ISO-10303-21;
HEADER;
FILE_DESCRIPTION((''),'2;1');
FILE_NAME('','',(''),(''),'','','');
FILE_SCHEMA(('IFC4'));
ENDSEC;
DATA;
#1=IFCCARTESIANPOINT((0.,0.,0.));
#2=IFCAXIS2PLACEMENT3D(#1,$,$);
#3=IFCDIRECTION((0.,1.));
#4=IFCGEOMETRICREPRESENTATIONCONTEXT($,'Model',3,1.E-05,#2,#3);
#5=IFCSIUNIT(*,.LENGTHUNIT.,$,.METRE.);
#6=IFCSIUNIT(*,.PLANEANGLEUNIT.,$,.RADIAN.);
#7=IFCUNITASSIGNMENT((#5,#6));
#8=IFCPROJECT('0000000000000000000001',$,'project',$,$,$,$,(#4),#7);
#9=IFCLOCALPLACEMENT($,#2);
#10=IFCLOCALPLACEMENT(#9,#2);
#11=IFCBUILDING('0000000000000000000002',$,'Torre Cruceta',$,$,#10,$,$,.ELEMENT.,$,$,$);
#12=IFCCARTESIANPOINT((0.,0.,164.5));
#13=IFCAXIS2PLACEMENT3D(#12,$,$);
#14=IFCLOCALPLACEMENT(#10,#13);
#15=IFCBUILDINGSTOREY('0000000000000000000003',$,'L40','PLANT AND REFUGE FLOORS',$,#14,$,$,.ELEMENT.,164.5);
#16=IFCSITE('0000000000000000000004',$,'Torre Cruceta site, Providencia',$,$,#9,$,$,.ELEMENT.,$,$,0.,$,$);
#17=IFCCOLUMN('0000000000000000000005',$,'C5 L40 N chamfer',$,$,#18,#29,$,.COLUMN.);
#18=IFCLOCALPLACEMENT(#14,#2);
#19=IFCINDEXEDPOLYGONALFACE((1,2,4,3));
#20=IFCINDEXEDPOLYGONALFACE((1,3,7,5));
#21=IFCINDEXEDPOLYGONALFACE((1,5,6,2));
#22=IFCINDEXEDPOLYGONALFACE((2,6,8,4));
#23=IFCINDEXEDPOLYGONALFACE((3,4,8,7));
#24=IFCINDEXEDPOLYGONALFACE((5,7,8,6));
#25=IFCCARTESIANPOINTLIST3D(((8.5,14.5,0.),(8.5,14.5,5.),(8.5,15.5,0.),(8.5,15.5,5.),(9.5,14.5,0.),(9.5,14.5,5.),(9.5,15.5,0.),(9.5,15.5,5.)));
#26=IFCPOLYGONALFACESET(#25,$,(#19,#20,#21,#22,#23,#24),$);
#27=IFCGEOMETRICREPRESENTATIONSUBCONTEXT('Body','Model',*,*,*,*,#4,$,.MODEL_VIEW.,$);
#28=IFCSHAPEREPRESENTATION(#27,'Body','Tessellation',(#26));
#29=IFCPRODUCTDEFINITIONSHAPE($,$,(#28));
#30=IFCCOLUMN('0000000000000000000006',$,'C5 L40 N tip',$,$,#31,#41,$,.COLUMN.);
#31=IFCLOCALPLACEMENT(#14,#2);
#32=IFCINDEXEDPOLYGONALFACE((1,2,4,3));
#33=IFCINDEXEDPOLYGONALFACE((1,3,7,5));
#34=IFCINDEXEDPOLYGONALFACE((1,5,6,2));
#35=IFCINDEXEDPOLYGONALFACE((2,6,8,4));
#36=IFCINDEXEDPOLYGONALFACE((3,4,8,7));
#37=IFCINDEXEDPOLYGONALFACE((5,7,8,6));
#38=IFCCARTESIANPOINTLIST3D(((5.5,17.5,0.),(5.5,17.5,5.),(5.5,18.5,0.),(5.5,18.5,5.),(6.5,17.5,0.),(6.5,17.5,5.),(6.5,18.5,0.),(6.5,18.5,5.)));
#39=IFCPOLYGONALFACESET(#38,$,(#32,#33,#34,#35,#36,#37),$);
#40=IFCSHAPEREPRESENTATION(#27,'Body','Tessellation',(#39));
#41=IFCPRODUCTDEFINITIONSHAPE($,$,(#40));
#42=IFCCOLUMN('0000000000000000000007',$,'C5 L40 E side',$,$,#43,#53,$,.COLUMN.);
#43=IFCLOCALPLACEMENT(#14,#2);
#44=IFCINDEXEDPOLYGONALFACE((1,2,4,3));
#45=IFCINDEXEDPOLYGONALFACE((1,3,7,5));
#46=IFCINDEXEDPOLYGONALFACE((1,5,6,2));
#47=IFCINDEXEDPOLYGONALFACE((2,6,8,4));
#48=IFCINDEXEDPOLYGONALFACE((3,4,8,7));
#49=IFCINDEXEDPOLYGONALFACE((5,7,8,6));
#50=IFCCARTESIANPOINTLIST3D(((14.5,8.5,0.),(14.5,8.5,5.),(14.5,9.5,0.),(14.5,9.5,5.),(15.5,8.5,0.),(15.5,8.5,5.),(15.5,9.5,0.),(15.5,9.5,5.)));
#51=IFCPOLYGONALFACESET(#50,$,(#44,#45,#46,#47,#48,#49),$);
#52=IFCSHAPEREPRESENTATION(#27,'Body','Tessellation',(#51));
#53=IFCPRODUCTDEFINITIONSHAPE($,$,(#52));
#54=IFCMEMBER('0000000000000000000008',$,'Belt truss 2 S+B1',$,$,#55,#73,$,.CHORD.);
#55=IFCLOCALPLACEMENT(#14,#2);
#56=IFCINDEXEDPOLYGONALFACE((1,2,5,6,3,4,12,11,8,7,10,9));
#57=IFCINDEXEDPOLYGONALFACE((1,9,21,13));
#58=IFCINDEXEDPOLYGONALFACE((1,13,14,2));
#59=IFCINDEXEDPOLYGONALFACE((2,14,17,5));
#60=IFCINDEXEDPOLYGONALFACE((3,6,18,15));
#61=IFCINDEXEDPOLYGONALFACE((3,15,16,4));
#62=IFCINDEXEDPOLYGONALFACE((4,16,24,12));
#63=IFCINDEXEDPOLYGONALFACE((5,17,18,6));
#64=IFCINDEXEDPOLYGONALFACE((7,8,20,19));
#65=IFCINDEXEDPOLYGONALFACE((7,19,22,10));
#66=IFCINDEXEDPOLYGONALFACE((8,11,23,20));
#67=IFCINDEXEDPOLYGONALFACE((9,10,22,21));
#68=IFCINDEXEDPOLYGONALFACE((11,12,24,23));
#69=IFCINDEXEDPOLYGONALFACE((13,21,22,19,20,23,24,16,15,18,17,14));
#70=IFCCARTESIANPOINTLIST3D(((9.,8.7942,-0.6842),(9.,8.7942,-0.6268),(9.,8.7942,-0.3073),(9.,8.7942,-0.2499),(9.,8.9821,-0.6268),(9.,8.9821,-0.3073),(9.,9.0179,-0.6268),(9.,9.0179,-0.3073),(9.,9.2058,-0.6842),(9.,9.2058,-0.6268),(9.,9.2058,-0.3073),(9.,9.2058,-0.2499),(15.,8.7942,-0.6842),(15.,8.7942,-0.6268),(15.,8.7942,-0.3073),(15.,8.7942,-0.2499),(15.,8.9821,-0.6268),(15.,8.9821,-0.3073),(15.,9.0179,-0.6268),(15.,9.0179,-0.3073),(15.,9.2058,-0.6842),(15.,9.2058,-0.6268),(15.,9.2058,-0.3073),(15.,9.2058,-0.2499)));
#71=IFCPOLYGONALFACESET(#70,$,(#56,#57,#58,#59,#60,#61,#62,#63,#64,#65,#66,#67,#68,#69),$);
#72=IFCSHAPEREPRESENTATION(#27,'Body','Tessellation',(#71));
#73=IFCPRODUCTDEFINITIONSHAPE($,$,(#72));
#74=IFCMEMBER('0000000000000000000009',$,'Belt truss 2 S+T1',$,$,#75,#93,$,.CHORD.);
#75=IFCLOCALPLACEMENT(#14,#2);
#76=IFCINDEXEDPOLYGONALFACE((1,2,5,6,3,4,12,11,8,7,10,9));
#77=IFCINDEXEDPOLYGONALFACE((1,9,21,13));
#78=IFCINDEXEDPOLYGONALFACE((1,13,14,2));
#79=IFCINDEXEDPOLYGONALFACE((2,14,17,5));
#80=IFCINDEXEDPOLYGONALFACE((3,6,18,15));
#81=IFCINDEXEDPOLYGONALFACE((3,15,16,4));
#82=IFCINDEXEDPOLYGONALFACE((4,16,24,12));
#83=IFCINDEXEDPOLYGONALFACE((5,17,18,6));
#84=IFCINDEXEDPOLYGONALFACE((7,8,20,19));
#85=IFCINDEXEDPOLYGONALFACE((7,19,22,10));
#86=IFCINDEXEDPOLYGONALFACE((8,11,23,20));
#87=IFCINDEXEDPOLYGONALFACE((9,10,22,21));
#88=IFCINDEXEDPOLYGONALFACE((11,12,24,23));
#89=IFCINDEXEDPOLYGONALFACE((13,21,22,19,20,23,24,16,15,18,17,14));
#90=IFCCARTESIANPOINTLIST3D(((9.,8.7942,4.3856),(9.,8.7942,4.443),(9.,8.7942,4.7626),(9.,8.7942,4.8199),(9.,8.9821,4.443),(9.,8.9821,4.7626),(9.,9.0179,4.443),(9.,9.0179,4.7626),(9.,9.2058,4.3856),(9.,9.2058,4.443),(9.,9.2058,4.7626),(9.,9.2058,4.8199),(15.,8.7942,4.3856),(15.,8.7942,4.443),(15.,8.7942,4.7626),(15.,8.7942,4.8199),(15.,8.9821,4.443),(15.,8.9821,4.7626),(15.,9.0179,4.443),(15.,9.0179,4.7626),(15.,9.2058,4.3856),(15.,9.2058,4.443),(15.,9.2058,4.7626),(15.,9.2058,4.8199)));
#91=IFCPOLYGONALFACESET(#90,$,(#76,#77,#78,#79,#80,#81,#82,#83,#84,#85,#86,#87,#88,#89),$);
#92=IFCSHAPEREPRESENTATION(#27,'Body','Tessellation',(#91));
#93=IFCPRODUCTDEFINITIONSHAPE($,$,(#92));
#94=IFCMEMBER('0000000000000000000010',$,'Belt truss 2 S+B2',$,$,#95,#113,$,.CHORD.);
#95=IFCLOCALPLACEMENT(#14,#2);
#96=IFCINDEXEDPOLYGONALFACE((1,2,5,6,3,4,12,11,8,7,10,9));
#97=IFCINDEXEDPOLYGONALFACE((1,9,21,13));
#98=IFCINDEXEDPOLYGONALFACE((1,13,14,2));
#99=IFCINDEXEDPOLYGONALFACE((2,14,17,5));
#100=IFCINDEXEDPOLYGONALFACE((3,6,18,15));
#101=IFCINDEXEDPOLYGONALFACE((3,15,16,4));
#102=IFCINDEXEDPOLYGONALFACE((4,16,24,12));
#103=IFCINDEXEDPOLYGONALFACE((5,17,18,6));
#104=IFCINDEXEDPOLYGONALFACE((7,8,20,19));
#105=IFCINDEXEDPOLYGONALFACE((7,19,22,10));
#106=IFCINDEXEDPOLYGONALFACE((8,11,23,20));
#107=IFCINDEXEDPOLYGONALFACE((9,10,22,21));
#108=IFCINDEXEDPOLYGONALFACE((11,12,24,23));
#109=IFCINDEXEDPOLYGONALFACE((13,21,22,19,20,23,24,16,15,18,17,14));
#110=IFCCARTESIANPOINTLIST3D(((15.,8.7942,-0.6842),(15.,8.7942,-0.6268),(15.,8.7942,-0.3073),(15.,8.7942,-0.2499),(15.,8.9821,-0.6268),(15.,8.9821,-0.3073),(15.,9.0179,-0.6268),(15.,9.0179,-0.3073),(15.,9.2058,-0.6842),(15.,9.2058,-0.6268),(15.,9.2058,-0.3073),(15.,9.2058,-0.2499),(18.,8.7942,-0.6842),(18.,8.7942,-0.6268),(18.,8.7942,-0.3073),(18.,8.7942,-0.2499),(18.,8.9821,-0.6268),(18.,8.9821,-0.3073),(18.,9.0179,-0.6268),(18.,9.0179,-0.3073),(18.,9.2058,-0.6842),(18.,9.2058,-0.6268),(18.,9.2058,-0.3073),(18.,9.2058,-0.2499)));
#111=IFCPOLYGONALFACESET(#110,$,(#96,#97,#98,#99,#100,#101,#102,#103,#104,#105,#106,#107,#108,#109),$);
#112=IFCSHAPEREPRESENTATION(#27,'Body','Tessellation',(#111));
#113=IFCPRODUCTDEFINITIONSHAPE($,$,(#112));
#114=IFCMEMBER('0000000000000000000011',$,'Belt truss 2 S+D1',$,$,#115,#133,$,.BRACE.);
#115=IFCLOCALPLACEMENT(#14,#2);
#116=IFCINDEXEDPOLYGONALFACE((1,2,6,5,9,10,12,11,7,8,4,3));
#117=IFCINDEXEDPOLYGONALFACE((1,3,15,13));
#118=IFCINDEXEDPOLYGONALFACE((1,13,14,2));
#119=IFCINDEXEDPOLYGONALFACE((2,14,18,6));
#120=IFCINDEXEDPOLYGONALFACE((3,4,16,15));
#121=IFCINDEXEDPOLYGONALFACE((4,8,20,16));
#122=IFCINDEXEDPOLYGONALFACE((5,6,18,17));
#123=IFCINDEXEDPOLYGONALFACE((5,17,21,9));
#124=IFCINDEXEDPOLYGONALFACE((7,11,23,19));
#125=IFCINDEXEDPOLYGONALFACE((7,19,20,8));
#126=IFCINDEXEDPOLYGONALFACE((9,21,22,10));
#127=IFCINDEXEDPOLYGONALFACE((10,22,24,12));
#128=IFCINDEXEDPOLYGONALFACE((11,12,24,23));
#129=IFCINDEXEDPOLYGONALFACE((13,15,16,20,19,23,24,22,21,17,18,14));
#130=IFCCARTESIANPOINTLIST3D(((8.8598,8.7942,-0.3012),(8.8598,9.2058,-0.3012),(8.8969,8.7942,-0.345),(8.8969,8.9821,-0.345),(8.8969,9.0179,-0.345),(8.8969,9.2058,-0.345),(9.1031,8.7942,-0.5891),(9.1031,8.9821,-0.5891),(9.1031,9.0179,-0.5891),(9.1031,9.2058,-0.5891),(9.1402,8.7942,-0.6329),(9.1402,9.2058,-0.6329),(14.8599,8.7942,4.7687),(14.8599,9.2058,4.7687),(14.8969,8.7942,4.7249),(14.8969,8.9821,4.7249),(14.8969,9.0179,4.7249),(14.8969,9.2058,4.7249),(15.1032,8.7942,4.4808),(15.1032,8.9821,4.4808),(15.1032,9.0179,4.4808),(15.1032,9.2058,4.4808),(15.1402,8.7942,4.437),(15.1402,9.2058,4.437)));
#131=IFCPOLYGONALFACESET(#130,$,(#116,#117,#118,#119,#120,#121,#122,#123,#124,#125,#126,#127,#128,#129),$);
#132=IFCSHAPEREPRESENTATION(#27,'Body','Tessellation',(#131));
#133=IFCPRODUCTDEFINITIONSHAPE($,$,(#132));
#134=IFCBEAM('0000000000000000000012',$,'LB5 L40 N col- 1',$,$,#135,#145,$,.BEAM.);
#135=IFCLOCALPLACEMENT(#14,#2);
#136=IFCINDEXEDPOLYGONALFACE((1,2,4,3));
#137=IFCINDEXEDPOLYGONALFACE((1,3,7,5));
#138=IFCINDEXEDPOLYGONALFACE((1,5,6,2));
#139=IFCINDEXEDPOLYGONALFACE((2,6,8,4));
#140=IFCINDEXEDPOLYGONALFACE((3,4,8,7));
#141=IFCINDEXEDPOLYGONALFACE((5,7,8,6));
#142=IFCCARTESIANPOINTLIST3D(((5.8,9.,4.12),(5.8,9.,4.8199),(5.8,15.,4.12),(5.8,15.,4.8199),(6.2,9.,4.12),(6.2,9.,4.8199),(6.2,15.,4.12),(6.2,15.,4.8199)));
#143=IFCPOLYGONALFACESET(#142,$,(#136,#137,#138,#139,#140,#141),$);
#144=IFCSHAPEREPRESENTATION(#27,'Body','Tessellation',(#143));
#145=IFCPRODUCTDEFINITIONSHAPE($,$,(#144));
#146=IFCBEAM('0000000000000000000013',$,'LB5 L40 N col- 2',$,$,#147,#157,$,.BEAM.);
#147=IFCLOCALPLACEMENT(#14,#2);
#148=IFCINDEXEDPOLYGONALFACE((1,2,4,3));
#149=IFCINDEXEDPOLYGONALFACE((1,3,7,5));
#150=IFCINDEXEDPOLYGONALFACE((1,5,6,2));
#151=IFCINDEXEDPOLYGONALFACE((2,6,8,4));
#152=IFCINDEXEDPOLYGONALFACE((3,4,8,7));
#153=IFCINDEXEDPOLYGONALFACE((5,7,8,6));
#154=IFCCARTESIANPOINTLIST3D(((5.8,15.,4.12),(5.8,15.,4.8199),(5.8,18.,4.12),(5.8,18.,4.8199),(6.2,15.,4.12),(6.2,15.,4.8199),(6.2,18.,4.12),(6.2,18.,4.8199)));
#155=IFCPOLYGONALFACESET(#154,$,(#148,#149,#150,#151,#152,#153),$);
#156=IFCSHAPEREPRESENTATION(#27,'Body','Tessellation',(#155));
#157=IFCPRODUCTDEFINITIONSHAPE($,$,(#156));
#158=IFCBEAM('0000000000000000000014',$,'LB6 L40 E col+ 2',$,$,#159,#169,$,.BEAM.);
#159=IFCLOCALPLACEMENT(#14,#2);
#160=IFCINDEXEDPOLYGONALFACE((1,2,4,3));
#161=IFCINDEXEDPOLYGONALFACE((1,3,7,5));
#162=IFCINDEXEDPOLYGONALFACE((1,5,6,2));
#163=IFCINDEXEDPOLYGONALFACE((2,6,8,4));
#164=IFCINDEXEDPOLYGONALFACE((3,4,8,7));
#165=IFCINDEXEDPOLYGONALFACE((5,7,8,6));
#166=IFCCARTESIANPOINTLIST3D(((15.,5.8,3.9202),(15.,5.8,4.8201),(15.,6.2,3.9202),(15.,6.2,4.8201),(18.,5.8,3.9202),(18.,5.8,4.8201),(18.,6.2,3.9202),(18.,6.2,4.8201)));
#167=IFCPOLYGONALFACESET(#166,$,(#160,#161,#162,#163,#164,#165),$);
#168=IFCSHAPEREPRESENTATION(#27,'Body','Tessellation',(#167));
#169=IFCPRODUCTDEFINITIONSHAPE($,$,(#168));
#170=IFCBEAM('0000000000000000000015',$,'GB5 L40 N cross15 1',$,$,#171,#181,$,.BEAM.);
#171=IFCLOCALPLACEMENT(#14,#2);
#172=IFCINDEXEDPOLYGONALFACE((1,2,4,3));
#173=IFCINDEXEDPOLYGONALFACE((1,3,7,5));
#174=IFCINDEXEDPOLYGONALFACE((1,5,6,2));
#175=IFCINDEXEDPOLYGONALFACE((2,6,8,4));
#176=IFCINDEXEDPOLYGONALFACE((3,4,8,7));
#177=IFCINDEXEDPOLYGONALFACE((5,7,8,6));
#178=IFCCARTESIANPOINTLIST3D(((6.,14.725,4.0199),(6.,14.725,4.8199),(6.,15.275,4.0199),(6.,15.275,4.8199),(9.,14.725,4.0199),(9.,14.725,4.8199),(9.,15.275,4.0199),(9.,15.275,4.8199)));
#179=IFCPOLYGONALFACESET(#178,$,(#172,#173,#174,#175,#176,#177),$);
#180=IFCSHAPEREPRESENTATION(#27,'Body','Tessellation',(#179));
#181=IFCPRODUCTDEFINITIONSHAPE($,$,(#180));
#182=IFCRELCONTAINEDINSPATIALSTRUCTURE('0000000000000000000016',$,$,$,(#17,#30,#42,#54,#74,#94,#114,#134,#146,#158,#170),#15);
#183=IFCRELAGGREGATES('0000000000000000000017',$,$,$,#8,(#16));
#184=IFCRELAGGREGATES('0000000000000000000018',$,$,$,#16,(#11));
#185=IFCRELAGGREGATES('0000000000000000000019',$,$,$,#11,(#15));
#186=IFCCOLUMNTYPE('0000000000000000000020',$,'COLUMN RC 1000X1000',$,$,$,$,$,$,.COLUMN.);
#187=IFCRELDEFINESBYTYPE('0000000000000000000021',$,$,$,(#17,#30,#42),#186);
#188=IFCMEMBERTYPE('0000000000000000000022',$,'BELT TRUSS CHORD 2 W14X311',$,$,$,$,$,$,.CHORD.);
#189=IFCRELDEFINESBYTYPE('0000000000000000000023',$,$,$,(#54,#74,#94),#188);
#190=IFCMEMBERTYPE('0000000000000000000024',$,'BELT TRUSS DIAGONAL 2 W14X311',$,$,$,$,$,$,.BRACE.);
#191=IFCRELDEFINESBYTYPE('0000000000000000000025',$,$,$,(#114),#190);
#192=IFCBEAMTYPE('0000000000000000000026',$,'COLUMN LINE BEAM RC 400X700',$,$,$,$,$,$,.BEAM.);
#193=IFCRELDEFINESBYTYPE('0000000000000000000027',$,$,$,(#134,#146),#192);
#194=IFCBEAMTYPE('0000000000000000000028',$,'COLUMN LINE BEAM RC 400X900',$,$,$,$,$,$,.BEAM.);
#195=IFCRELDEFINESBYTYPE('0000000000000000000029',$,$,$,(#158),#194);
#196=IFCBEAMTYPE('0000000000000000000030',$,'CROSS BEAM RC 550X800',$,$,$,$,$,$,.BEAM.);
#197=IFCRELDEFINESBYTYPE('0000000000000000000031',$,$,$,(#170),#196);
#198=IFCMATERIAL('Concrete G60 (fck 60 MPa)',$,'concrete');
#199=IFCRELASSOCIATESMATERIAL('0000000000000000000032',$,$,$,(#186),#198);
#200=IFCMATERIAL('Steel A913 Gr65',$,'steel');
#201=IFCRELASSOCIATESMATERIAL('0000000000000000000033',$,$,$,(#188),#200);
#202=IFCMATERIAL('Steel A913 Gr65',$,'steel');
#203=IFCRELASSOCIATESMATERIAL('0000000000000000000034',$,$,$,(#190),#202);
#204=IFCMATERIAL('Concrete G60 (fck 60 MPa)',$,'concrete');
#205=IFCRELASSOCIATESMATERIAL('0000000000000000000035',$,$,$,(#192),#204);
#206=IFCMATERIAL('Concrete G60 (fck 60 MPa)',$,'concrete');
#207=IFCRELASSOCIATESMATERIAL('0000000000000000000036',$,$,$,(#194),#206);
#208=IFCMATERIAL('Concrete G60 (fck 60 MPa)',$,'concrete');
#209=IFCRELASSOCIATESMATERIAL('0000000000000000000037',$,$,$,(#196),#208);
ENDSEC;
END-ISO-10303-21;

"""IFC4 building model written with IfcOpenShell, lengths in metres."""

from ifc_helpers import new_model, si_unit, direction, frame, origin, origin_2d, place, context, subcontext, project, spatial, rectangle, i_section, extrude, material, material_profile, profile_set, type_object, element, save


model = new_model("IFC4")

# Units and contexts
model_context = context("Model", 3, precision=1e-05, world=origin(), true_north=direction((0.0, 1.0)))
body_context = subcontext(model_context, "Body", "Model", "MODEL_VIEW")
ifc_project = project(units=[si_unit("LENGTHUNIT", "METRE"), si_unit("PLANEANGLEUNIT", "RADIAN")], contexts=[model_context])

# Site, building, storey
site_placement = place(None, origin())
site = spatial("IfcSite", under=ifc_project, at=site_placement, Name="Torre Cruceta site, Providencia", CompositionType="ELEMENT", RefElevation=0.0)
building_placement = place(site_placement, origin())
building = spatial("IfcBuilding", under=site, at=building_placement, Name="Torre Cruceta", CompositionType="ELEMENT")
storey_placement = place(building_placement, frame((0.0, 0.0, 164.5)))
storey = spatial("IfcBuildingStorey", under=building, at=storey_placement, Name="L40", Description="PLANT AND REFUGE FLOORS", CompositionType="ELEMENT", Elevation=164.5)

# Columns
ifc_material_1 = material(Name="Concrete G60 (fck 60 MPa)", Category="concrete")
ifc_material_profile_1 = material_profile(ifc_material_1, rectangle(XDim=1.0, YDim=1.0, at=origin_2d()), Name="RC 1000X1000")
ifc_profile_set_1 = profile_set([ifc_material_profile_1], Name="Concrete G60 (fck 60 MPa)")
column_type = type_object("IfcColumnType", Name="COLUMN RC 1000X1000", PredefinedType="COLUMN", material=ifc_profile_set_1)
for number, where, z_axis, x_axis, name in (
    (1, (9.0, 15.0, 0.0), (0.0, 0.0, 1.0), (1.0, 0.0, 0.0), "C5 L40 N chamfer"),
    (2, (6.0, 18.0, 0.0), (0.0, 0.0, 1.0), (1.0, 0.0, 0.0), "C5 L40 N tip"),
    (3, (15.0, 9.0, 0.0), (0.0, 0.0, 1.0), (1.0, 0.0, 0.0), "C5 L40 E side"),
):
    element("IfcColumn", number, at=place(storey_placement, frame(where, z_axis=z_axis, x_axis=x_axis)), inside=storey, type_object=column_type, Name=name, PredefinedType="COLUMN", context=body_context, shape_type="SweptSolid", body=[
        extrude(rectangle(XDim=1.0, YDim=1.0, at=origin_2d()), origin(), (0.0, 0.0, 1.0), 5.0),
    ])

# Members
ifc_material_2 = material(Name="Steel A913 Gr65", Category="steel")
ifc_material_profile_2 = material_profile(ifc_material_2, i_section(OverallWidth=0.4116, OverallDepth=0.4343, WebThickness=0.0359, FlangeThickness=0.0574, at=origin_2d()), Name="W14X311")
ifc_profile_set_2 = profile_set([ifc_material_profile_2], Name="Steel A913 Gr65")
member_type_1 = type_object("IfcMemberType", Name="BELT TRUSS CHORD 2 W14X311", PredefinedType="CHORD", material=ifc_profile_set_2)
for number, where, z_axis, x_axis, name in (
    (4, (9.0, 9.0, -0.467), (1.0, 0.0, 0.0), (0.0, 1.0, 0.0), "Belt truss 2 S+B1"),
    (5, (9.0, 9.0, 4.6028), (1.0, 0.0, 0.0), (0.0, 1.0, 0.0), "Belt truss 2 S+T1"),
):
    element("IfcMember", number, at=place(storey_placement, frame(where, z_axis=z_axis, x_axis=x_axis)), inside=storey, type_object=member_type_1, Name=name, PredefinedType="CHORD", context=body_context, shape_type="SweptSolid", body=[
        extrude(i_section(OverallWidth=0.4116, OverallDepth=0.4343, WebThickness=0.0359, FlangeThickness=0.0574, at=origin_2d()), origin(), (0.0, 0.0, 1.0), 6.0),
    ])
member_1_placement = place(storey_placement, frame((15.0, 9.0, -0.467), z_axis=(1.0, 0.0, 0.0), x_axis=(0.0, 1.0, 0.0)))
element("IfcMember", 6, at=member_1_placement, inside=storey, type_object=member_type_1, Name="Belt truss 2 S+B2", PredefinedType="CHORD", context=body_context, shape_type="SweptSolid", body=[
    extrude(i_section(OverallWidth=0.4116, OverallDepth=0.4343, WebThickness=0.0359, FlangeThickness=0.0574, at=origin_2d()), origin(), (0.0, 0.0, 1.0), 3.0),
])
ifc_material_3 = material(Name="Steel A913 Gr65", Category="steel")
ifc_material_profile_3 = material_profile(ifc_material_3, i_section(OverallWidth=0.4116, OverallDepth=0.4343, WebThickness=0.0359, FlangeThickness=0.0574, at=origin_2d()), Name="W14X311")
ifc_profile_set_3 = profile_set([ifc_material_profile_3], Name="Steel A913 Gr65")
member_type_2 = type_object("IfcMemberType", Name="BELT TRUSS DIAGONAL 2 W14X311", PredefinedType="BRACE", material=ifc_profile_set_3)
member_2_placement = place(storey_placement, frame((9.0, 9.0, -0.467), z_axis=(0.763832, 0.0, 0.645415), x_axis=(0.0, 1.0, 0.0)))
element("IfcMember", 7, at=member_2_placement, inside=storey, type_object=member_type_2, Name="Belt truss 2 S+D1", PredefinedType="BRACE", context=body_context, shape_type="SweptSolid", body=[
    extrude(i_section(OverallWidth=0.4116, OverallDepth=0.4343, WebThickness=0.0359, FlangeThickness=0.0574, at=origin_2d()), origin(), (0.0, 0.0, 1.0), 7.8552),
])

# Beams
ifc_material_4 = material(Name="Concrete G60 (fck 60 MPa)", Category="concrete")
ifc_material_profile_4 = material_profile(ifc_material_4, rectangle(XDim=0.3999, YDim=0.7, at=origin_2d()), Name="RC 400X700")
ifc_profile_set_4 = profile_set([ifc_material_profile_4], Name="Concrete G60 (fck 60 MPa)")
beam_type_1 = type_object("IfcBeamType", Name="COLUMN LINE BEAM RC 400X700", PredefinedType="BEAM", material=ifc_profile_set_4)
beam_1_placement = place(storey_placement, frame((6.0, 9.0, 4.47), z_axis=(0.0, 1.0, 0.0), x_axis=(-1.0, 0.0, 0.0)))
element("IfcBeam", 8, at=beam_1_placement, inside=storey, type_object=beam_type_1, Name="LB5 L40 N col- 1", PredefinedType="BEAM", context=body_context, shape_type="SweptSolid", body=[
    extrude(rectangle(XDim=0.3999, YDim=0.7, at=origin_2d()), origin(), (0.0, 0.0, 1.0), 6.0),
])
beam_2_placement = place(storey_placement, frame((6.0, 15.0, 4.47), z_axis=(0.0, 1.0, 0.0), x_axis=(-1.0, 0.0, 0.0)))
element("IfcBeam", 9, at=beam_2_placement, inside=storey, type_object=beam_type_1, Name="LB5 L40 N col- 2", PredefinedType="BEAM", context=body_context, shape_type="SweptSolid", body=[
    extrude(rectangle(XDim=0.3999, YDim=0.7, at=origin_2d()), origin(), (0.0, 0.0, 1.0), 3.0),
])
ifc_material_5 = material(Name="Concrete G60 (fck 60 MPa)", Category="concrete")
ifc_material_profile_5 = material_profile(ifc_material_5, rectangle(XDim=0.3999, YDim=0.8999, at=origin_2d()), Name="RC 400X900")
ifc_profile_set_5 = profile_set([ifc_material_profile_5], Name="Concrete G60 (fck 60 MPa)")
beam_type_2 = type_object("IfcBeamType", Name="COLUMN LINE BEAM RC 400X900", PredefinedType="BEAM", material=ifc_profile_set_5)
beam_3_placement = place(storey_placement, frame((15.0, 6.0, 4.3701), z_axis=(1.0, 0.0, 0.0), x_axis=(0.0, 1.0, 0.0)))
element("IfcBeam", 10, at=beam_3_placement, inside=storey, type_object=beam_type_2, Name="LB6 L40 E col+ 2", PredefinedType="BEAM", context=body_context, shape_type="SweptSolid", body=[
    extrude(rectangle(XDim=0.3999, YDim=0.8999, at=origin_2d()), origin(), (0.0, 0.0, 1.0), 3.0),
])
ifc_material_6 = material(Name="Concrete G60 (fck 60 MPa)", Category="concrete")
ifc_material_profile_6 = material_profile(ifc_material_6, rectangle(XDim=0.55, YDim=0.8, at=origin_2d()), Name="RC 550X800")
ifc_profile_set_6 = profile_set([ifc_material_profile_6], Name="Concrete G60 (fck 60 MPa)")
beam_type_3 = type_object("IfcBeamType", Name="CROSS BEAM RC 550X800", PredefinedType="BEAM", material=ifc_profile_set_6)
beam_4_placement = place(storey_placement, frame((9.0, 15.0, 4.4199), z_axis=(-1.0, 0.0, 0.0), x_axis=(0.0, -1.0, 0.0)))
element("IfcBeam", 11, at=beam_4_placement, inside=storey, type_object=beam_type_3, Name="GB5 L40 N cross15 1", PredefinedType="BEAM", context=body_context, shape_type="SweptSolid", body=[
    extrude(rectangle(XDim=0.55, YDim=0.8, at=origin_2d()), origin(), (0.0, 0.0, 1.0), 3.0),
])

save(model, "model.ifc")
